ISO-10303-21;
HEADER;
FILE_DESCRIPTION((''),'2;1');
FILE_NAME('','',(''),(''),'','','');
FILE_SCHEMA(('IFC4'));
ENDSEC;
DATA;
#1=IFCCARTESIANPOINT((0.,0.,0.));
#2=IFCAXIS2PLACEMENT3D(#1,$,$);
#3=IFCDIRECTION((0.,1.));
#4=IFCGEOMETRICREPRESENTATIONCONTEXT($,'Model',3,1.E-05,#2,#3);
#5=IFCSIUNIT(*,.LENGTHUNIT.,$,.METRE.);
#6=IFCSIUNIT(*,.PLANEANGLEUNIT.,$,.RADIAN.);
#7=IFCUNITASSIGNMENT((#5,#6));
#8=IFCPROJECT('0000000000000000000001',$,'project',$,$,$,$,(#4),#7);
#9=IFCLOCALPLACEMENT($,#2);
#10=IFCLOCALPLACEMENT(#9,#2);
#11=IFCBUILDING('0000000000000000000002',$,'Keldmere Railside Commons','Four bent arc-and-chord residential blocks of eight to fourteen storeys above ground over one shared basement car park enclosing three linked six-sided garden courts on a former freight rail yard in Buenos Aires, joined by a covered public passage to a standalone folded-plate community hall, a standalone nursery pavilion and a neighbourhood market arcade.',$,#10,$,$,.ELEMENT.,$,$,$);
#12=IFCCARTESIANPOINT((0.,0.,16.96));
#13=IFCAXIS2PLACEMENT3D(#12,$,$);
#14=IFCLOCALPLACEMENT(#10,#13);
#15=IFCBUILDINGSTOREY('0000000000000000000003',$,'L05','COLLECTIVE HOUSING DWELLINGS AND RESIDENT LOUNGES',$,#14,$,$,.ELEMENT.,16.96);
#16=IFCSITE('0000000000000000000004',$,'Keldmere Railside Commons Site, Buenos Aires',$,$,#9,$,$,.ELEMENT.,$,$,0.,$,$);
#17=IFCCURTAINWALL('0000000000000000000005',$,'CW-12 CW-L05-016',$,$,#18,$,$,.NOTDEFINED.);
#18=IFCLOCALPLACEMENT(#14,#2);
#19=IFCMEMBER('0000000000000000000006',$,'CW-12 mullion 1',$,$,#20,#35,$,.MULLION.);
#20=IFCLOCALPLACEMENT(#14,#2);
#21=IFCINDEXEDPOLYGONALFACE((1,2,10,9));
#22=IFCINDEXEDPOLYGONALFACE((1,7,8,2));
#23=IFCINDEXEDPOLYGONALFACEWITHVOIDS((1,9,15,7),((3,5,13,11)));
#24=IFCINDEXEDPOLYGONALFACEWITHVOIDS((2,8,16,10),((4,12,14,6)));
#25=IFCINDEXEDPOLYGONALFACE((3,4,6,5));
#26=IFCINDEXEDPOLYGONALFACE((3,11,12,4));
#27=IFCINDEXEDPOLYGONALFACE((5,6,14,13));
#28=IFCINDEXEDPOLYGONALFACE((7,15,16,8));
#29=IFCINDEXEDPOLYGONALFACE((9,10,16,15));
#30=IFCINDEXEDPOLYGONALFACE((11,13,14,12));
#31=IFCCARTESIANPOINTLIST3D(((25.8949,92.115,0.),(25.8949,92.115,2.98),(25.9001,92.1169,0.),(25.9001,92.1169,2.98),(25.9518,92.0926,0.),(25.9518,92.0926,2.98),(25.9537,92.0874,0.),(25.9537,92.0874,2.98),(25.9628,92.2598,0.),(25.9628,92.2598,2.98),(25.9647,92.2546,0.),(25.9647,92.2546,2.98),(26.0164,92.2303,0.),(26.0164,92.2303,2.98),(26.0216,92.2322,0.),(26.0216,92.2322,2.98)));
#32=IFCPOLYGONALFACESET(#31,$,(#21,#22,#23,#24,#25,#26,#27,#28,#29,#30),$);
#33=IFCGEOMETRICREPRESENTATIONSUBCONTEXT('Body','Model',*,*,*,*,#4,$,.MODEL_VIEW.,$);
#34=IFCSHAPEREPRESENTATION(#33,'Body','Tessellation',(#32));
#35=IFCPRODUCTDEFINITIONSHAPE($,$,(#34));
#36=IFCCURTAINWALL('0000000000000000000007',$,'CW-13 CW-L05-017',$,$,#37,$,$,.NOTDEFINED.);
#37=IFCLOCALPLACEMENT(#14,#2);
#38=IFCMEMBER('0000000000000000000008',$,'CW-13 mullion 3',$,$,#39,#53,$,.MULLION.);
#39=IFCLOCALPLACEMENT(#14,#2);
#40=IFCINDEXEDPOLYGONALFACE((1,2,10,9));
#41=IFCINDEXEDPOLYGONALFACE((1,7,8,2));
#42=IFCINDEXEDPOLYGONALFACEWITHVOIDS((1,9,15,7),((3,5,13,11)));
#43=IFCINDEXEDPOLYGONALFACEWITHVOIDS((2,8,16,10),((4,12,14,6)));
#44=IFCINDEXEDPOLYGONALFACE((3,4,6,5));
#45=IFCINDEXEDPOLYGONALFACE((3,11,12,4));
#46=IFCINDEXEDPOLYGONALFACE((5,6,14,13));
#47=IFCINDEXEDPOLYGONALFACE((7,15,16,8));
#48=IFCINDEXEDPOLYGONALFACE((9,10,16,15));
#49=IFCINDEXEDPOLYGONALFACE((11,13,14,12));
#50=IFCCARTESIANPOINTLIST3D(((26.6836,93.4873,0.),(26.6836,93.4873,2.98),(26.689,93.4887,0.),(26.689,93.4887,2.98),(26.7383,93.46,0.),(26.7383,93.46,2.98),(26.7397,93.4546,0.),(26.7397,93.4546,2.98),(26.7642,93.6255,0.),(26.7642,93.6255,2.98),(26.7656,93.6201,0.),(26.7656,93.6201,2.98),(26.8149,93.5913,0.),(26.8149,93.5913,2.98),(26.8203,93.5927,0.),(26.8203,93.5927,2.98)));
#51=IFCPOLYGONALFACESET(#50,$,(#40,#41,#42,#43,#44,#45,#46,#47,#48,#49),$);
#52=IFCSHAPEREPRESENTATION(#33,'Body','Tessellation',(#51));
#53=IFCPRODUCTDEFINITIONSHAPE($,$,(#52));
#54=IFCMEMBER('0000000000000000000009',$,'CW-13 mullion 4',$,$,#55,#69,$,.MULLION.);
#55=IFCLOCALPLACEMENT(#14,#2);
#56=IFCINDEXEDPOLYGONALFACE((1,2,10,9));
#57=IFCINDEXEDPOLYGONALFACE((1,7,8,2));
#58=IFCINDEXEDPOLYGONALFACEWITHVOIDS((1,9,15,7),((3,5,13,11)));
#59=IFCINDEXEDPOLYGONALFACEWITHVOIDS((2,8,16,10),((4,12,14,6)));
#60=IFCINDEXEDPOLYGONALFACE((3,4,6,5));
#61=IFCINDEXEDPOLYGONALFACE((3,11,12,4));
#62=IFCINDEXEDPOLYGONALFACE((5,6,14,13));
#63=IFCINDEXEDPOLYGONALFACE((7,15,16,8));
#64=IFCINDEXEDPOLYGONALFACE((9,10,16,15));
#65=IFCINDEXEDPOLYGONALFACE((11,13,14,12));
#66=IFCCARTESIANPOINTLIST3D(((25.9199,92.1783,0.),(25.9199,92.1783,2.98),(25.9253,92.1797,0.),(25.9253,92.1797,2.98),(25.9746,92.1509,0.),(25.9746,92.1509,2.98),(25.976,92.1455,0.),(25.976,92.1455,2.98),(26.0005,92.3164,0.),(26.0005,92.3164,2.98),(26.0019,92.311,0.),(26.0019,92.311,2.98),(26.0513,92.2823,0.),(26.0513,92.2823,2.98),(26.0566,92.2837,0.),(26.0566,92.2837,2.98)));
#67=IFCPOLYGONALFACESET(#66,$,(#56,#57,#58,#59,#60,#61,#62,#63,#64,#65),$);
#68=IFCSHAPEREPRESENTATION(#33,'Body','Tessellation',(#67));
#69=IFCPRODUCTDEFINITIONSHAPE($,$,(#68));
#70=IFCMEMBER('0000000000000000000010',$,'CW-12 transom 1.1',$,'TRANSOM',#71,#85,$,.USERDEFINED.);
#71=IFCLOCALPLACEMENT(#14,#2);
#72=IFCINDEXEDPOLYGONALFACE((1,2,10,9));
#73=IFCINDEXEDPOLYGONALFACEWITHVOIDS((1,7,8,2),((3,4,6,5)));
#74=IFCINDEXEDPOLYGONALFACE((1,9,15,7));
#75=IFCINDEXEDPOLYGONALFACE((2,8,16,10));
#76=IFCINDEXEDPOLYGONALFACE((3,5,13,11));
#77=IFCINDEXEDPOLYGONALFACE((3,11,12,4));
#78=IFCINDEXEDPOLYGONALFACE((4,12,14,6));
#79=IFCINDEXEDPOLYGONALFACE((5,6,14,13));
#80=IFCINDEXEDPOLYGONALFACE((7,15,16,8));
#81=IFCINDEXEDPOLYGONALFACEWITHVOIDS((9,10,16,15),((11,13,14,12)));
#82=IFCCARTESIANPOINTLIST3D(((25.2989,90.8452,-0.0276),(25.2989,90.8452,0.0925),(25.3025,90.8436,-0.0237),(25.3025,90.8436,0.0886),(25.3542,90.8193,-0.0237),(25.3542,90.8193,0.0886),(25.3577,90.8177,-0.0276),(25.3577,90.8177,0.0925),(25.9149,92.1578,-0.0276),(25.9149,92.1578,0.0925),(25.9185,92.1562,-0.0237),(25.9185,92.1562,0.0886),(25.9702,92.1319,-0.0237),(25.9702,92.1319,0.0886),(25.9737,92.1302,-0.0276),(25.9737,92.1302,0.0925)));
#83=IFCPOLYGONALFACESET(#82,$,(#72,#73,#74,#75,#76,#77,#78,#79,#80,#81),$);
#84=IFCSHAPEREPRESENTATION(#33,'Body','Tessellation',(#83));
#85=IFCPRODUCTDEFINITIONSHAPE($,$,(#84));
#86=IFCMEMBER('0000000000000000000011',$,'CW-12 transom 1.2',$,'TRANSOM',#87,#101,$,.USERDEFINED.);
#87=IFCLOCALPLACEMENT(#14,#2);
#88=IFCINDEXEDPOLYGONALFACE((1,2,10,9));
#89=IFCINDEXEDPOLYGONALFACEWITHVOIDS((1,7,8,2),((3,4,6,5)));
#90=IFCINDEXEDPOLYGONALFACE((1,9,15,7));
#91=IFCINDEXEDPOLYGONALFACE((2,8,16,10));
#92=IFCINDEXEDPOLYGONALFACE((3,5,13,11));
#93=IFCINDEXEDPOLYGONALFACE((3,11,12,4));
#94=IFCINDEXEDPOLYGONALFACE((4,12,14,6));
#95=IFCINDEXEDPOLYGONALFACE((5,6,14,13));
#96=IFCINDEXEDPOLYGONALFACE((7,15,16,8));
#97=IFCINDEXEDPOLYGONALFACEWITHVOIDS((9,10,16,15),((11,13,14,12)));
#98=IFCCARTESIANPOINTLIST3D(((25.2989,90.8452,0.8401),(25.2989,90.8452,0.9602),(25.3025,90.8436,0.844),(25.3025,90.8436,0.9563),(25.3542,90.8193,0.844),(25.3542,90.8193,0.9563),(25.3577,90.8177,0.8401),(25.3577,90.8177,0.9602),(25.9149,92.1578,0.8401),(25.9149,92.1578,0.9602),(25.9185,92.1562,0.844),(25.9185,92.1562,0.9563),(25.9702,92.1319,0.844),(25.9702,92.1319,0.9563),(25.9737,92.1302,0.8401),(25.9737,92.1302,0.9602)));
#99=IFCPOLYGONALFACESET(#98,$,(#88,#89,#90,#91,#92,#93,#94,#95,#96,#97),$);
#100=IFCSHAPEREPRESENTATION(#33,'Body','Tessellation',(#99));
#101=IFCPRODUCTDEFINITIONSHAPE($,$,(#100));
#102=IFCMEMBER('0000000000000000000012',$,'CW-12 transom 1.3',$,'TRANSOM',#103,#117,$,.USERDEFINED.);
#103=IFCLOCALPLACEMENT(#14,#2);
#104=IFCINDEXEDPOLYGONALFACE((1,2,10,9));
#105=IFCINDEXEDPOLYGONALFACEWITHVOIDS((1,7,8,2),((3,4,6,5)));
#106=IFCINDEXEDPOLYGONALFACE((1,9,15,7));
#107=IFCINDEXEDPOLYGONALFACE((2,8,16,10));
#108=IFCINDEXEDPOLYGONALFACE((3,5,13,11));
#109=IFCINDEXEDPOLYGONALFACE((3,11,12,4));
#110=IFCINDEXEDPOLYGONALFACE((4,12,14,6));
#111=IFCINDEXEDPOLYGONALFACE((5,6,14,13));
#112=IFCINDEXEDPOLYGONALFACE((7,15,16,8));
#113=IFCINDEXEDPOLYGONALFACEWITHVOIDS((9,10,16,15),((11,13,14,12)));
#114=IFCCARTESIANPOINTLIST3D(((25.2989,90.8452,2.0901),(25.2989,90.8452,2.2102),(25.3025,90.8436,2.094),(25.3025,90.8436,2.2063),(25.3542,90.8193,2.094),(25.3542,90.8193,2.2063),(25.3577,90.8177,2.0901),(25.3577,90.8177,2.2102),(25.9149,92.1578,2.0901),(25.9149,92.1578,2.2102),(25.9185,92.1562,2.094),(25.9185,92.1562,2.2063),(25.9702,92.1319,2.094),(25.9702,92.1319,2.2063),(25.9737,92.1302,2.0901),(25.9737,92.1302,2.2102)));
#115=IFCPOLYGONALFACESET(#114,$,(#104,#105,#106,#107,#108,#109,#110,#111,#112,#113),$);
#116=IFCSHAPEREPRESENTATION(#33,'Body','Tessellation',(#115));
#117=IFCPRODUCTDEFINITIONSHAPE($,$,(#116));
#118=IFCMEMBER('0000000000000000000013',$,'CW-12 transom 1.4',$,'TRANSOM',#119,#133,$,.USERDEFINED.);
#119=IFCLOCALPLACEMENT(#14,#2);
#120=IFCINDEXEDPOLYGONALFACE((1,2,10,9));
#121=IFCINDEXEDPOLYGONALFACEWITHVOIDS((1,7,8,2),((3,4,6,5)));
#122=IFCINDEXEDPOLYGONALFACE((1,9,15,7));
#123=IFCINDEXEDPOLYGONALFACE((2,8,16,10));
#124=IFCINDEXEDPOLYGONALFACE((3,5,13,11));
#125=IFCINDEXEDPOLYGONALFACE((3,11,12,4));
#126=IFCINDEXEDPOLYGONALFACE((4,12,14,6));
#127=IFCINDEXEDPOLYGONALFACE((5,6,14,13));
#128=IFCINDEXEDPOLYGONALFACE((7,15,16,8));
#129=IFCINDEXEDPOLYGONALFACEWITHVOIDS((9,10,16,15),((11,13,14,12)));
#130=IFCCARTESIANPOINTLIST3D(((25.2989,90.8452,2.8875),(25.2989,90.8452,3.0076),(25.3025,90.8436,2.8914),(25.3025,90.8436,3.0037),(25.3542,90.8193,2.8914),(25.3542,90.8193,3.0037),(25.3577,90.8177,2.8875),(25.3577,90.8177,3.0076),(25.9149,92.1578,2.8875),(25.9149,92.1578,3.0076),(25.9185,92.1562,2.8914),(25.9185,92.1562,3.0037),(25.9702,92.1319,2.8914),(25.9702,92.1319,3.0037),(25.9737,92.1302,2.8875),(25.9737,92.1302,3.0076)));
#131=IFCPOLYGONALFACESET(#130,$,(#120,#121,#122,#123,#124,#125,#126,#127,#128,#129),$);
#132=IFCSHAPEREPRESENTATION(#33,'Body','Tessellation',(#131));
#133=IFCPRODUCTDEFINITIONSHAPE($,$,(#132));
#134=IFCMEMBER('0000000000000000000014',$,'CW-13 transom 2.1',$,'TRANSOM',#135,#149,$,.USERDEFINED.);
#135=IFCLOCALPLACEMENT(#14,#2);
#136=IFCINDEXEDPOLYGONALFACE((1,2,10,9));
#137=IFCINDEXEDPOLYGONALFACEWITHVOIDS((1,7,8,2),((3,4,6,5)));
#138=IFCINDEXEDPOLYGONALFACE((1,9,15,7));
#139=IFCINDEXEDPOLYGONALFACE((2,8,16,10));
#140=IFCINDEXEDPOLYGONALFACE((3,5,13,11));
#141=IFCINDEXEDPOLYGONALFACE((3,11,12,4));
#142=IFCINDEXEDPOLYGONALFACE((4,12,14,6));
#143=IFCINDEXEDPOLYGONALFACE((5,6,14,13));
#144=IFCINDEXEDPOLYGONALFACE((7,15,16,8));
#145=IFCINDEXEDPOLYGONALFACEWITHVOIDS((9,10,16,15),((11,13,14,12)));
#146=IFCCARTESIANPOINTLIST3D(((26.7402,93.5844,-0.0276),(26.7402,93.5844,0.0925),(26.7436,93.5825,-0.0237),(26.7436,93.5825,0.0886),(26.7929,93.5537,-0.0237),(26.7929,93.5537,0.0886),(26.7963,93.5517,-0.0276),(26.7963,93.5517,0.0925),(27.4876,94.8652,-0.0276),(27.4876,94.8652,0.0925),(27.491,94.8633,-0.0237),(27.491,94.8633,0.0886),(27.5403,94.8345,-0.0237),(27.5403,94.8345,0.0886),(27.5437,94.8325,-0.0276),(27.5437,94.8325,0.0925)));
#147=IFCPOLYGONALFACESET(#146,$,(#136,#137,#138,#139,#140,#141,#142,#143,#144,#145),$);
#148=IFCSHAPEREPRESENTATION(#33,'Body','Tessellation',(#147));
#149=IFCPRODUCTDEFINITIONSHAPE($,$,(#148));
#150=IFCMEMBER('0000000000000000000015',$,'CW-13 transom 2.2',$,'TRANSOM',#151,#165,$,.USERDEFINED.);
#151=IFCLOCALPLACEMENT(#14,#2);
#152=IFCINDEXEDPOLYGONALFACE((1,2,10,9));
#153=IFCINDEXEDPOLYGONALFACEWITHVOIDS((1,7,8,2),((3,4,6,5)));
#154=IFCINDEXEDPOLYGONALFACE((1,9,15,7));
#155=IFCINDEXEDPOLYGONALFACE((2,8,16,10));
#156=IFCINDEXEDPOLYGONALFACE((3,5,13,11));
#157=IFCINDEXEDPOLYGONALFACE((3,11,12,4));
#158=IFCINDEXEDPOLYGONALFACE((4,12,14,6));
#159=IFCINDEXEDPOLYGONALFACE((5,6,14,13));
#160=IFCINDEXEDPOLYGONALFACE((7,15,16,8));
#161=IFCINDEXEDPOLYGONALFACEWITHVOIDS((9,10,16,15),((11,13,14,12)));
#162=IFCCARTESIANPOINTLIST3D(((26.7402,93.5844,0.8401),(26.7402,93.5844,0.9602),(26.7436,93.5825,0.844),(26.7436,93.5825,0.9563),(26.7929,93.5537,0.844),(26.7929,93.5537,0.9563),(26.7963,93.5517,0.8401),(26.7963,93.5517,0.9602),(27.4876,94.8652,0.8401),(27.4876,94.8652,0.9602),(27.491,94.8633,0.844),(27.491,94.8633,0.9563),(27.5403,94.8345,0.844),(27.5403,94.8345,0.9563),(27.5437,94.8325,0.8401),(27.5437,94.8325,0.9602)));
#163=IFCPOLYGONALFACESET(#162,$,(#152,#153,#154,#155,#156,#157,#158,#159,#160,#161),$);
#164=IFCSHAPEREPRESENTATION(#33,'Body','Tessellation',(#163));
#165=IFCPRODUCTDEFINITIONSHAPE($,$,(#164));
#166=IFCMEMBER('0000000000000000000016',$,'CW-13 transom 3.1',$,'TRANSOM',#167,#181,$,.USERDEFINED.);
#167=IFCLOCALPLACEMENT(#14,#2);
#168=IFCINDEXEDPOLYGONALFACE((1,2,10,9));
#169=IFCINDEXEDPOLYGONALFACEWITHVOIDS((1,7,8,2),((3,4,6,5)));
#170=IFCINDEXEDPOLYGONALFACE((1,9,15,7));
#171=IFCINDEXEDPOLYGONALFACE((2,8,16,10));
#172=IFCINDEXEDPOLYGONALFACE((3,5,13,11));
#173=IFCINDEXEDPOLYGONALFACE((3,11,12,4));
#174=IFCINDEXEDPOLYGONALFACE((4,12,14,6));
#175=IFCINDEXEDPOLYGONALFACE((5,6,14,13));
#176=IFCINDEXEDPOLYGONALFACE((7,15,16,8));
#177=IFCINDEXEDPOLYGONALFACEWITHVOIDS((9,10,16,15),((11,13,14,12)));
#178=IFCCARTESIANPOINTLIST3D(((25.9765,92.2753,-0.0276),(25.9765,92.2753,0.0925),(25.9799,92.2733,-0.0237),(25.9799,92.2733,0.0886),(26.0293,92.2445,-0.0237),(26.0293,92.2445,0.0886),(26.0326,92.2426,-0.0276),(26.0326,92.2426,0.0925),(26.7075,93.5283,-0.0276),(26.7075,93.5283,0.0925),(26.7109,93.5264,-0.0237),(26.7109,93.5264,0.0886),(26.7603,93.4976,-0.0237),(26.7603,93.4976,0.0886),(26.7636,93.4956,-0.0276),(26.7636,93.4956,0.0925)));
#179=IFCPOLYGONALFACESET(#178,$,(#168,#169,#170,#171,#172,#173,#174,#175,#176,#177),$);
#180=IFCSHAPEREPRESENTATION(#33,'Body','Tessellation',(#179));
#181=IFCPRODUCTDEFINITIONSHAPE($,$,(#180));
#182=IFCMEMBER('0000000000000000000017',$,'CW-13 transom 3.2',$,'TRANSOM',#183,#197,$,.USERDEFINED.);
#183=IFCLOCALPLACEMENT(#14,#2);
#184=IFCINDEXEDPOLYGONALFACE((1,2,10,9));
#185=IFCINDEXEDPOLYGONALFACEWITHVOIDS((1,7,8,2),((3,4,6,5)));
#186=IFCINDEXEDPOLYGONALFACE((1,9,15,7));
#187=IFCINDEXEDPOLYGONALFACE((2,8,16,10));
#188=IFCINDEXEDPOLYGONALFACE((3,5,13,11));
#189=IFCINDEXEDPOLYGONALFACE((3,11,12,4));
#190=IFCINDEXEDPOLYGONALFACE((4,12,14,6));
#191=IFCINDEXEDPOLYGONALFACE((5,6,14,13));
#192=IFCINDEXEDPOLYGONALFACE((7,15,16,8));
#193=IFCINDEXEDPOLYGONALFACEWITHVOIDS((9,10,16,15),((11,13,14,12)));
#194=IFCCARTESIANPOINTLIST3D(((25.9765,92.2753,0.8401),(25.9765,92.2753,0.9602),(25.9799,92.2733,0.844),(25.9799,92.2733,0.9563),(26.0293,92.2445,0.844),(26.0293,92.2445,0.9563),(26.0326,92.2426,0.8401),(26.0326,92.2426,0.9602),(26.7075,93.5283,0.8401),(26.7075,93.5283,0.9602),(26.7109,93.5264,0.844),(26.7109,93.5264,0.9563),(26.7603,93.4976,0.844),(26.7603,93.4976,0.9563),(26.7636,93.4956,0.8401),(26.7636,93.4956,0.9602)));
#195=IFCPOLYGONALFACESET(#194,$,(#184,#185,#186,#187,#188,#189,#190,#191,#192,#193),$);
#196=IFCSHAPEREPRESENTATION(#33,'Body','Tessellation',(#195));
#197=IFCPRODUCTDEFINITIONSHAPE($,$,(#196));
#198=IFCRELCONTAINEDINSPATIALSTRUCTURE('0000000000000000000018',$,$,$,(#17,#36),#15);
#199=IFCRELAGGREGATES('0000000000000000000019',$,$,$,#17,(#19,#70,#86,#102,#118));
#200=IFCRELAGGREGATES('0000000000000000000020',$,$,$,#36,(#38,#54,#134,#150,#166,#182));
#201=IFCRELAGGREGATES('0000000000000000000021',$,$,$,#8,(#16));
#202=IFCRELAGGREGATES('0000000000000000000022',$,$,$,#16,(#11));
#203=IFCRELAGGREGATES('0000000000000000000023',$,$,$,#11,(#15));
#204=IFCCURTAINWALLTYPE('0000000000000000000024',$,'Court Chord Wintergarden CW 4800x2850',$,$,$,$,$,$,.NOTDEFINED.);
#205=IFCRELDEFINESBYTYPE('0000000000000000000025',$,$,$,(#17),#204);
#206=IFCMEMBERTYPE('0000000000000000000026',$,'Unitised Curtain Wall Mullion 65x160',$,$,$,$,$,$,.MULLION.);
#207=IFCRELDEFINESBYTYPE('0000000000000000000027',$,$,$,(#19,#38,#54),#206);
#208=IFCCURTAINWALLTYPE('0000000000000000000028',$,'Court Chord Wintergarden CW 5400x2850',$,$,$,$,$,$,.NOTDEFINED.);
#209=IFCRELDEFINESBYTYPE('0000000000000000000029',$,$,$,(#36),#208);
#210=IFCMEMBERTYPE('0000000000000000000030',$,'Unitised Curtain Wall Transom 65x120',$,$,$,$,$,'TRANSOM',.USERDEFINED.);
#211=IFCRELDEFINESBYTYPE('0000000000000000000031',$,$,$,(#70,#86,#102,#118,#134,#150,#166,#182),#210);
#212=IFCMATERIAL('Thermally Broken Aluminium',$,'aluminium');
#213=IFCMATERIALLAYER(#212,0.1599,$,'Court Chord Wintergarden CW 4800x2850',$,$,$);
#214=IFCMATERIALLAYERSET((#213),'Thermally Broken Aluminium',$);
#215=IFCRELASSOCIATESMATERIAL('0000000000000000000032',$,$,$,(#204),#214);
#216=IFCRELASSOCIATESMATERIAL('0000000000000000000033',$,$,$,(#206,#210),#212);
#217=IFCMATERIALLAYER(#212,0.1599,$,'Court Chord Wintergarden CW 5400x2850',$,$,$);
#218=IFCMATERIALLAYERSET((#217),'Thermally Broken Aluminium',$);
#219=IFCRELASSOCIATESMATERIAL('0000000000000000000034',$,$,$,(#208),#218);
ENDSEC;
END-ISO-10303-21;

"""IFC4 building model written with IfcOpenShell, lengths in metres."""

from ifc_helpers import new_model, si_unit, direction, frame, origin, origin_2d, place, context, subcontext, project, spatial, hollow_rectangle, extrude, material, layer, layer_set, material_profile, profile_set, type_object, element, aggregate, save


model = new_model("IFC4")

# Units and contexts
model_context = context("Model", 3, precision=1e-05, world=origin(), true_north=direction((0.0, 1.0)))
body_context = subcontext(model_context, "Body", "Model", "MODEL_VIEW")
ifc_project = project(units=[si_unit("LENGTHUNIT", "METRE"), si_unit("PLANEANGLEUNIT", "RADIAN")], contexts=[model_context])

# Site, building, storey
site_placement = place(None, origin())
site = spatial("IfcSite", under=ifc_project, at=site_placement, Name="Keldmere Railside Commons Site, Buenos Aires", CompositionType="ELEMENT", RefElevation=0.0)
building_placement = place(site_placement, origin())
building = spatial("IfcBuilding", under=site, at=building_placement, Name="Keldmere Railside Commons", Description="Four bent arc-and-chord residential blocks of eight to fourteen storeys above ground over one shared basement car park enclosing three linked six-sided garden courts on a former freight rail yard in Buenos Aires, joined by a covered public passage to a standalone folded-plate community hall, a standalone nursery pavilion and a neighbourhood market arcade.", CompositionType="ELEMENT")
storey_placement = place(building_placement, frame((0.0, 0.0, 16.96)))
storey = spatial("IfcBuildingStorey", under=building, at=storey_placement, Name="L05", Description="COLLECTIVE HOUSING DWELLINGS AND RESIDENT LOUNGES", CompositionType="ELEMENT", Elevation=16.96)

# Curtain wall, member
ifc_material_1 = material(Name="Thermally Broken Aluminium", Category="aluminium")
ifc_layer_1 = layer(ifc_material_1, 0.1599, Name="Court Chord Wintergarden CW 4800x2850")
ifc_layer_set_1 = layer_set([ifc_layer_1], Name="Thermally Broken Aluminium")
curtain_wall_type_1 = type_object("IfcCurtainWallType", Name="Court Chord Wintergarden CW 4800x2850", PredefinedType="NOTDEFINED", material=ifc_layer_set_1)
curtain_wall_1_placement = place(storey_placement, origin())
curtain_wall_1 = element("IfcCurtainWall", 1, at=curtain_wall_1_placement, inside=storey, type_object=curtain_wall_type_1, Name="CW-12 CW-L05-016", PredefinedType="NOTDEFINED")
ifc_material_profile_1 = material_profile(ifc_material_1, hollow_rectangle(XDim=0.0649, YDim=0.1599, WallThickness=0.0039, at=origin_2d()), Name="ALU-MULL-65x160")
ifc_profile_set_1 = profile_set([ifc_material_profile_1], Name="Thermally Broken Aluminium")
member_type_1 = type_object("IfcMemberType", Name="Unitised Curtain Wall Mullion 65x160", PredefinedType="MULLION", material=ifc_profile_set_1)
member_1_placement = place(storey_placement, frame((25.9583, 92.1736, 0.0), z_axis=(0.0, 0.0, 1.0), x_axis=(0.905306, -0.424759, 0.0)))
member_1 = element("IfcMember", 2, at=member_1_placement, type_object=member_type_1, Name="CW-12 mullion 1", PredefinedType="MULLION", context=body_context, shape_type="SweptSolid", body=[
    extrude(hollow_rectangle(XDim=0.0649, YDim=0.1599, WallThickness=0.0039, at=origin_2d()), origin(), (0.0, 0.0, 1.0), 2.98),
])

# Curtain wall, members
ifc_layer_2 = layer(ifc_material_1, 0.1599, Name="Court Chord Wintergarden CW 5400x2850")
ifc_layer_set_2 = layer_set([ifc_layer_2], Name="Thermally Broken Aluminium")
curtain_wall_type_2 = type_object("IfcCurtainWallType", Name="Court Chord Wintergarden CW 5400x2850", PredefinedType="NOTDEFINED", material=ifc_layer_set_2)
curtain_wall_2_placement = place(storey_placement, origin())
curtain_wall_2 = element("IfcCurtainWall", 3, at=curtain_wall_2_placement, inside=storey, type_object=curtain_wall_type_2, Name="CW-13 CW-L05-017", PredefinedType="NOTDEFINED")
member_2_placement = place(storey_placement, frame((26.752, 93.54, 0.0), z_axis=(0.0, 0.0, 1.0), x_axis=(0.863755, -0.503911, 0.0)))
member_2 = element("IfcMember", 4, at=member_2_placement, type_object=member_type_1, Name="CW-13 mullion 3", PredefinedType="MULLION", context=body_context, shape_type="SweptSolid", body=[
    extrude(hollow_rectangle(XDim=0.0649, YDim=0.1599, WallThickness=0.0039, at=origin_2d()), origin(), (0.0, 0.0, 1.0), 2.98),
])
member_3_placement = place(storey_placement, frame((25.9883, 92.231, 0.0), z_axis=(0.0, 0.0, 1.0), x_axis=(0.863755, -0.503911, 0.0)))
member_3 = element("IfcMember", 5, at=member_3_placement, type_object=member_type_1, Name="CW-13 mullion 4", PredefinedType="MULLION", context=body_context, shape_type="SweptSolid", body=[
    extrude(hollow_rectangle(XDim=0.0649, YDim=0.1599, WallThickness=0.0039, at=origin_2d()), origin(), (0.0, 0.0, 1.0), 2.98),
])

# Members
ifc_material_profile_2 = material_profile(ifc_material_1, hollow_rectangle(XDim=0.0649, YDim=0.1201, WallThickness=0.0039, at=origin_2d()), Name="ALU-TRAN-65x120")
ifc_profile_set_2 = profile_set([ifc_material_profile_2], Name="Thermally Broken Aluminium")
member_type_2 = type_object("IfcMemberType", Name="Unitised Curtain Wall Transom 65x120", ElementType="TRANSOM", PredefinedType="USERDEFINED", material=ifc_profile_set_2)
member_4_placement = place(storey_placement, frame((25.9443, 92.144, 0.0325), z_axis=(-0.424848, -0.905265, 0.0), x_axis=(0.905265, -0.424848, 0.0)))
member_4 = element("IfcMember", 6, at=member_4_placement, type_object=member_type_2, Name="CW-12 transom 1.1", ObjectType="TRANSOM", PredefinedType="USERDEFINED", context=body_context, shape_type="SweptSolid", body=[
    extrude(hollow_rectangle(XDim=0.0649, YDim=0.1201, WallThickness=0.0039, at=origin_2d()), origin(), (0.0, 0.0, 1.0), 1.45),
])
member_5_placement = place(storey_placement, frame((25.9443, 92.144, 0.9001), z_axis=(-0.424848, -0.905265, 0.0), x_axis=(0.905265, -0.424848, 0.0)))
member_5 = element("IfcMember", 7, at=member_5_placement, type_object=member_type_2, Name="CW-12 transom 1.2", ObjectType="TRANSOM", PredefinedType="USERDEFINED", context=body_context, shape_type="SweptSolid", body=[
    extrude(hollow_rectangle(XDim=0.0649, YDim=0.1201, WallThickness=0.0039, at=origin_2d()), origin(), (0.0, 0.0, 1.0), 1.45),
])
member_6_placement = place(storey_placement, frame((25.9443, 92.144, 2.1501), z_axis=(-0.424848, -0.905265, 0.0), x_axis=(0.905265, -0.424848, 0.0)))
member_6 = element("IfcMember", 8, at=member_6_placement, type_object=member_type_2, Name="CW-12 transom 1.3", ObjectType="TRANSOM", PredefinedType="USERDEFINED", context=body_context, shape_type="SweptSolid", body=[
    extrude(hollow_rectangle(XDim=0.0649, YDim=0.1201, WallThickness=0.0039, at=origin_2d()), origin(), (0.0, 0.0, 1.0), 1.45),
])
member_7_placement = place(storey_placement, frame((25.9443, 92.144, 2.9475), z_axis=(-0.424848, -0.905265, 0.0), x_axis=(0.905265, -0.424848, 0.0)))
member_7 = element("IfcMember", 9, at=member_7_placement, type_object=member_type_2, Name="CW-12 transom 1.4", ObjectType="TRANSOM", PredefinedType="USERDEFINED", context=body_context, shape_type="SweptSolid", body=[
    extrude(hollow_rectangle(XDim=0.0649, YDim=0.1201, WallThickness=0.0039, at=origin_2d()), origin(), (0.0, 0.0, 1.0), 1.45),
])
aggregate(curtain_wall_1, [member_1, member_4, member_5, member_6, member_7])
member_8_placement = place(storey_placement, frame((27.5156, 94.8489, 0.0325), z_axis=(-0.503973, -0.863719, 0.0), x_axis=(0.863719, -0.503973, 0.0)))
member_8 = element("IfcMember", 10, at=member_8_placement, type_object=member_type_2, Name="CW-13 transom 2.1", ObjectType="TRANSOM", PredefinedType="USERDEFINED", context=body_context, shape_type="SweptSolid", body=[
    extrude(hollow_rectangle(XDim=0.0649, YDim=0.1201, WallThickness=0.0039, at=origin_2d()), origin(), (0.0, 0.0, 1.0), 1.4829),
])
member_9_placement = place(storey_placement, frame((27.5156, 94.8489, 0.9001), z_axis=(-0.503973, -0.863719, 0.0), x_axis=(0.863719, -0.503973, 0.0)))
member_9 = element("IfcMember", 11, at=member_9_placement, type_object=member_type_2, Name="CW-13 transom 2.2", ObjectType="TRANSOM", PredefinedType="USERDEFINED", context=body_context, shape_type="SweptSolid", body=[
    extrude(hollow_rectangle(XDim=0.0649, YDim=0.1201, WallThickness=0.0039, at=origin_2d()), origin(), (0.0, 0.0, 1.0), 1.4829),
])
member_10_placement = place(storey_placement, frame((26.7356, 93.512, 0.0325), z_axis=(-0.503913, -0.863754, 0.0), x_axis=(0.863754, -0.503913, 0.0)))
member_10 = element("IfcMember", 12, at=member_10_placement, type_object=member_type_2, Name="CW-13 transom 3.1", ObjectType="TRANSOM", PredefinedType="USERDEFINED", context=body_context, shape_type="SweptSolid", body=[
    extrude(hollow_rectangle(XDim=0.0649, YDim=0.1201, WallThickness=0.0039, at=origin_2d()), origin(), (0.0, 0.0, 1.0), 1.4507),
])
member_11_placement = place(storey_placement, frame((26.7356, 93.512, 0.9001), z_axis=(-0.503913, -0.863754, 0.0), x_axis=(0.863754, -0.503913, 0.0)))
member_11 = element("IfcMember", 13, at=member_11_placement, type_object=member_type_2, Name="CW-13 transom 3.2", ObjectType="TRANSOM", PredefinedType="USERDEFINED", context=body_context, shape_type="SweptSolid", body=[
    extrude(hollow_rectangle(XDim=0.0649, YDim=0.1201, WallThickness=0.0039, at=origin_2d()), origin(), (0.0, 0.0, 1.0), 1.4507),
])

aggregate(curtain_wall_2, [member_2, member_3, member_8, member_9, member_10, member_11])

save(model, "model.ifc")
